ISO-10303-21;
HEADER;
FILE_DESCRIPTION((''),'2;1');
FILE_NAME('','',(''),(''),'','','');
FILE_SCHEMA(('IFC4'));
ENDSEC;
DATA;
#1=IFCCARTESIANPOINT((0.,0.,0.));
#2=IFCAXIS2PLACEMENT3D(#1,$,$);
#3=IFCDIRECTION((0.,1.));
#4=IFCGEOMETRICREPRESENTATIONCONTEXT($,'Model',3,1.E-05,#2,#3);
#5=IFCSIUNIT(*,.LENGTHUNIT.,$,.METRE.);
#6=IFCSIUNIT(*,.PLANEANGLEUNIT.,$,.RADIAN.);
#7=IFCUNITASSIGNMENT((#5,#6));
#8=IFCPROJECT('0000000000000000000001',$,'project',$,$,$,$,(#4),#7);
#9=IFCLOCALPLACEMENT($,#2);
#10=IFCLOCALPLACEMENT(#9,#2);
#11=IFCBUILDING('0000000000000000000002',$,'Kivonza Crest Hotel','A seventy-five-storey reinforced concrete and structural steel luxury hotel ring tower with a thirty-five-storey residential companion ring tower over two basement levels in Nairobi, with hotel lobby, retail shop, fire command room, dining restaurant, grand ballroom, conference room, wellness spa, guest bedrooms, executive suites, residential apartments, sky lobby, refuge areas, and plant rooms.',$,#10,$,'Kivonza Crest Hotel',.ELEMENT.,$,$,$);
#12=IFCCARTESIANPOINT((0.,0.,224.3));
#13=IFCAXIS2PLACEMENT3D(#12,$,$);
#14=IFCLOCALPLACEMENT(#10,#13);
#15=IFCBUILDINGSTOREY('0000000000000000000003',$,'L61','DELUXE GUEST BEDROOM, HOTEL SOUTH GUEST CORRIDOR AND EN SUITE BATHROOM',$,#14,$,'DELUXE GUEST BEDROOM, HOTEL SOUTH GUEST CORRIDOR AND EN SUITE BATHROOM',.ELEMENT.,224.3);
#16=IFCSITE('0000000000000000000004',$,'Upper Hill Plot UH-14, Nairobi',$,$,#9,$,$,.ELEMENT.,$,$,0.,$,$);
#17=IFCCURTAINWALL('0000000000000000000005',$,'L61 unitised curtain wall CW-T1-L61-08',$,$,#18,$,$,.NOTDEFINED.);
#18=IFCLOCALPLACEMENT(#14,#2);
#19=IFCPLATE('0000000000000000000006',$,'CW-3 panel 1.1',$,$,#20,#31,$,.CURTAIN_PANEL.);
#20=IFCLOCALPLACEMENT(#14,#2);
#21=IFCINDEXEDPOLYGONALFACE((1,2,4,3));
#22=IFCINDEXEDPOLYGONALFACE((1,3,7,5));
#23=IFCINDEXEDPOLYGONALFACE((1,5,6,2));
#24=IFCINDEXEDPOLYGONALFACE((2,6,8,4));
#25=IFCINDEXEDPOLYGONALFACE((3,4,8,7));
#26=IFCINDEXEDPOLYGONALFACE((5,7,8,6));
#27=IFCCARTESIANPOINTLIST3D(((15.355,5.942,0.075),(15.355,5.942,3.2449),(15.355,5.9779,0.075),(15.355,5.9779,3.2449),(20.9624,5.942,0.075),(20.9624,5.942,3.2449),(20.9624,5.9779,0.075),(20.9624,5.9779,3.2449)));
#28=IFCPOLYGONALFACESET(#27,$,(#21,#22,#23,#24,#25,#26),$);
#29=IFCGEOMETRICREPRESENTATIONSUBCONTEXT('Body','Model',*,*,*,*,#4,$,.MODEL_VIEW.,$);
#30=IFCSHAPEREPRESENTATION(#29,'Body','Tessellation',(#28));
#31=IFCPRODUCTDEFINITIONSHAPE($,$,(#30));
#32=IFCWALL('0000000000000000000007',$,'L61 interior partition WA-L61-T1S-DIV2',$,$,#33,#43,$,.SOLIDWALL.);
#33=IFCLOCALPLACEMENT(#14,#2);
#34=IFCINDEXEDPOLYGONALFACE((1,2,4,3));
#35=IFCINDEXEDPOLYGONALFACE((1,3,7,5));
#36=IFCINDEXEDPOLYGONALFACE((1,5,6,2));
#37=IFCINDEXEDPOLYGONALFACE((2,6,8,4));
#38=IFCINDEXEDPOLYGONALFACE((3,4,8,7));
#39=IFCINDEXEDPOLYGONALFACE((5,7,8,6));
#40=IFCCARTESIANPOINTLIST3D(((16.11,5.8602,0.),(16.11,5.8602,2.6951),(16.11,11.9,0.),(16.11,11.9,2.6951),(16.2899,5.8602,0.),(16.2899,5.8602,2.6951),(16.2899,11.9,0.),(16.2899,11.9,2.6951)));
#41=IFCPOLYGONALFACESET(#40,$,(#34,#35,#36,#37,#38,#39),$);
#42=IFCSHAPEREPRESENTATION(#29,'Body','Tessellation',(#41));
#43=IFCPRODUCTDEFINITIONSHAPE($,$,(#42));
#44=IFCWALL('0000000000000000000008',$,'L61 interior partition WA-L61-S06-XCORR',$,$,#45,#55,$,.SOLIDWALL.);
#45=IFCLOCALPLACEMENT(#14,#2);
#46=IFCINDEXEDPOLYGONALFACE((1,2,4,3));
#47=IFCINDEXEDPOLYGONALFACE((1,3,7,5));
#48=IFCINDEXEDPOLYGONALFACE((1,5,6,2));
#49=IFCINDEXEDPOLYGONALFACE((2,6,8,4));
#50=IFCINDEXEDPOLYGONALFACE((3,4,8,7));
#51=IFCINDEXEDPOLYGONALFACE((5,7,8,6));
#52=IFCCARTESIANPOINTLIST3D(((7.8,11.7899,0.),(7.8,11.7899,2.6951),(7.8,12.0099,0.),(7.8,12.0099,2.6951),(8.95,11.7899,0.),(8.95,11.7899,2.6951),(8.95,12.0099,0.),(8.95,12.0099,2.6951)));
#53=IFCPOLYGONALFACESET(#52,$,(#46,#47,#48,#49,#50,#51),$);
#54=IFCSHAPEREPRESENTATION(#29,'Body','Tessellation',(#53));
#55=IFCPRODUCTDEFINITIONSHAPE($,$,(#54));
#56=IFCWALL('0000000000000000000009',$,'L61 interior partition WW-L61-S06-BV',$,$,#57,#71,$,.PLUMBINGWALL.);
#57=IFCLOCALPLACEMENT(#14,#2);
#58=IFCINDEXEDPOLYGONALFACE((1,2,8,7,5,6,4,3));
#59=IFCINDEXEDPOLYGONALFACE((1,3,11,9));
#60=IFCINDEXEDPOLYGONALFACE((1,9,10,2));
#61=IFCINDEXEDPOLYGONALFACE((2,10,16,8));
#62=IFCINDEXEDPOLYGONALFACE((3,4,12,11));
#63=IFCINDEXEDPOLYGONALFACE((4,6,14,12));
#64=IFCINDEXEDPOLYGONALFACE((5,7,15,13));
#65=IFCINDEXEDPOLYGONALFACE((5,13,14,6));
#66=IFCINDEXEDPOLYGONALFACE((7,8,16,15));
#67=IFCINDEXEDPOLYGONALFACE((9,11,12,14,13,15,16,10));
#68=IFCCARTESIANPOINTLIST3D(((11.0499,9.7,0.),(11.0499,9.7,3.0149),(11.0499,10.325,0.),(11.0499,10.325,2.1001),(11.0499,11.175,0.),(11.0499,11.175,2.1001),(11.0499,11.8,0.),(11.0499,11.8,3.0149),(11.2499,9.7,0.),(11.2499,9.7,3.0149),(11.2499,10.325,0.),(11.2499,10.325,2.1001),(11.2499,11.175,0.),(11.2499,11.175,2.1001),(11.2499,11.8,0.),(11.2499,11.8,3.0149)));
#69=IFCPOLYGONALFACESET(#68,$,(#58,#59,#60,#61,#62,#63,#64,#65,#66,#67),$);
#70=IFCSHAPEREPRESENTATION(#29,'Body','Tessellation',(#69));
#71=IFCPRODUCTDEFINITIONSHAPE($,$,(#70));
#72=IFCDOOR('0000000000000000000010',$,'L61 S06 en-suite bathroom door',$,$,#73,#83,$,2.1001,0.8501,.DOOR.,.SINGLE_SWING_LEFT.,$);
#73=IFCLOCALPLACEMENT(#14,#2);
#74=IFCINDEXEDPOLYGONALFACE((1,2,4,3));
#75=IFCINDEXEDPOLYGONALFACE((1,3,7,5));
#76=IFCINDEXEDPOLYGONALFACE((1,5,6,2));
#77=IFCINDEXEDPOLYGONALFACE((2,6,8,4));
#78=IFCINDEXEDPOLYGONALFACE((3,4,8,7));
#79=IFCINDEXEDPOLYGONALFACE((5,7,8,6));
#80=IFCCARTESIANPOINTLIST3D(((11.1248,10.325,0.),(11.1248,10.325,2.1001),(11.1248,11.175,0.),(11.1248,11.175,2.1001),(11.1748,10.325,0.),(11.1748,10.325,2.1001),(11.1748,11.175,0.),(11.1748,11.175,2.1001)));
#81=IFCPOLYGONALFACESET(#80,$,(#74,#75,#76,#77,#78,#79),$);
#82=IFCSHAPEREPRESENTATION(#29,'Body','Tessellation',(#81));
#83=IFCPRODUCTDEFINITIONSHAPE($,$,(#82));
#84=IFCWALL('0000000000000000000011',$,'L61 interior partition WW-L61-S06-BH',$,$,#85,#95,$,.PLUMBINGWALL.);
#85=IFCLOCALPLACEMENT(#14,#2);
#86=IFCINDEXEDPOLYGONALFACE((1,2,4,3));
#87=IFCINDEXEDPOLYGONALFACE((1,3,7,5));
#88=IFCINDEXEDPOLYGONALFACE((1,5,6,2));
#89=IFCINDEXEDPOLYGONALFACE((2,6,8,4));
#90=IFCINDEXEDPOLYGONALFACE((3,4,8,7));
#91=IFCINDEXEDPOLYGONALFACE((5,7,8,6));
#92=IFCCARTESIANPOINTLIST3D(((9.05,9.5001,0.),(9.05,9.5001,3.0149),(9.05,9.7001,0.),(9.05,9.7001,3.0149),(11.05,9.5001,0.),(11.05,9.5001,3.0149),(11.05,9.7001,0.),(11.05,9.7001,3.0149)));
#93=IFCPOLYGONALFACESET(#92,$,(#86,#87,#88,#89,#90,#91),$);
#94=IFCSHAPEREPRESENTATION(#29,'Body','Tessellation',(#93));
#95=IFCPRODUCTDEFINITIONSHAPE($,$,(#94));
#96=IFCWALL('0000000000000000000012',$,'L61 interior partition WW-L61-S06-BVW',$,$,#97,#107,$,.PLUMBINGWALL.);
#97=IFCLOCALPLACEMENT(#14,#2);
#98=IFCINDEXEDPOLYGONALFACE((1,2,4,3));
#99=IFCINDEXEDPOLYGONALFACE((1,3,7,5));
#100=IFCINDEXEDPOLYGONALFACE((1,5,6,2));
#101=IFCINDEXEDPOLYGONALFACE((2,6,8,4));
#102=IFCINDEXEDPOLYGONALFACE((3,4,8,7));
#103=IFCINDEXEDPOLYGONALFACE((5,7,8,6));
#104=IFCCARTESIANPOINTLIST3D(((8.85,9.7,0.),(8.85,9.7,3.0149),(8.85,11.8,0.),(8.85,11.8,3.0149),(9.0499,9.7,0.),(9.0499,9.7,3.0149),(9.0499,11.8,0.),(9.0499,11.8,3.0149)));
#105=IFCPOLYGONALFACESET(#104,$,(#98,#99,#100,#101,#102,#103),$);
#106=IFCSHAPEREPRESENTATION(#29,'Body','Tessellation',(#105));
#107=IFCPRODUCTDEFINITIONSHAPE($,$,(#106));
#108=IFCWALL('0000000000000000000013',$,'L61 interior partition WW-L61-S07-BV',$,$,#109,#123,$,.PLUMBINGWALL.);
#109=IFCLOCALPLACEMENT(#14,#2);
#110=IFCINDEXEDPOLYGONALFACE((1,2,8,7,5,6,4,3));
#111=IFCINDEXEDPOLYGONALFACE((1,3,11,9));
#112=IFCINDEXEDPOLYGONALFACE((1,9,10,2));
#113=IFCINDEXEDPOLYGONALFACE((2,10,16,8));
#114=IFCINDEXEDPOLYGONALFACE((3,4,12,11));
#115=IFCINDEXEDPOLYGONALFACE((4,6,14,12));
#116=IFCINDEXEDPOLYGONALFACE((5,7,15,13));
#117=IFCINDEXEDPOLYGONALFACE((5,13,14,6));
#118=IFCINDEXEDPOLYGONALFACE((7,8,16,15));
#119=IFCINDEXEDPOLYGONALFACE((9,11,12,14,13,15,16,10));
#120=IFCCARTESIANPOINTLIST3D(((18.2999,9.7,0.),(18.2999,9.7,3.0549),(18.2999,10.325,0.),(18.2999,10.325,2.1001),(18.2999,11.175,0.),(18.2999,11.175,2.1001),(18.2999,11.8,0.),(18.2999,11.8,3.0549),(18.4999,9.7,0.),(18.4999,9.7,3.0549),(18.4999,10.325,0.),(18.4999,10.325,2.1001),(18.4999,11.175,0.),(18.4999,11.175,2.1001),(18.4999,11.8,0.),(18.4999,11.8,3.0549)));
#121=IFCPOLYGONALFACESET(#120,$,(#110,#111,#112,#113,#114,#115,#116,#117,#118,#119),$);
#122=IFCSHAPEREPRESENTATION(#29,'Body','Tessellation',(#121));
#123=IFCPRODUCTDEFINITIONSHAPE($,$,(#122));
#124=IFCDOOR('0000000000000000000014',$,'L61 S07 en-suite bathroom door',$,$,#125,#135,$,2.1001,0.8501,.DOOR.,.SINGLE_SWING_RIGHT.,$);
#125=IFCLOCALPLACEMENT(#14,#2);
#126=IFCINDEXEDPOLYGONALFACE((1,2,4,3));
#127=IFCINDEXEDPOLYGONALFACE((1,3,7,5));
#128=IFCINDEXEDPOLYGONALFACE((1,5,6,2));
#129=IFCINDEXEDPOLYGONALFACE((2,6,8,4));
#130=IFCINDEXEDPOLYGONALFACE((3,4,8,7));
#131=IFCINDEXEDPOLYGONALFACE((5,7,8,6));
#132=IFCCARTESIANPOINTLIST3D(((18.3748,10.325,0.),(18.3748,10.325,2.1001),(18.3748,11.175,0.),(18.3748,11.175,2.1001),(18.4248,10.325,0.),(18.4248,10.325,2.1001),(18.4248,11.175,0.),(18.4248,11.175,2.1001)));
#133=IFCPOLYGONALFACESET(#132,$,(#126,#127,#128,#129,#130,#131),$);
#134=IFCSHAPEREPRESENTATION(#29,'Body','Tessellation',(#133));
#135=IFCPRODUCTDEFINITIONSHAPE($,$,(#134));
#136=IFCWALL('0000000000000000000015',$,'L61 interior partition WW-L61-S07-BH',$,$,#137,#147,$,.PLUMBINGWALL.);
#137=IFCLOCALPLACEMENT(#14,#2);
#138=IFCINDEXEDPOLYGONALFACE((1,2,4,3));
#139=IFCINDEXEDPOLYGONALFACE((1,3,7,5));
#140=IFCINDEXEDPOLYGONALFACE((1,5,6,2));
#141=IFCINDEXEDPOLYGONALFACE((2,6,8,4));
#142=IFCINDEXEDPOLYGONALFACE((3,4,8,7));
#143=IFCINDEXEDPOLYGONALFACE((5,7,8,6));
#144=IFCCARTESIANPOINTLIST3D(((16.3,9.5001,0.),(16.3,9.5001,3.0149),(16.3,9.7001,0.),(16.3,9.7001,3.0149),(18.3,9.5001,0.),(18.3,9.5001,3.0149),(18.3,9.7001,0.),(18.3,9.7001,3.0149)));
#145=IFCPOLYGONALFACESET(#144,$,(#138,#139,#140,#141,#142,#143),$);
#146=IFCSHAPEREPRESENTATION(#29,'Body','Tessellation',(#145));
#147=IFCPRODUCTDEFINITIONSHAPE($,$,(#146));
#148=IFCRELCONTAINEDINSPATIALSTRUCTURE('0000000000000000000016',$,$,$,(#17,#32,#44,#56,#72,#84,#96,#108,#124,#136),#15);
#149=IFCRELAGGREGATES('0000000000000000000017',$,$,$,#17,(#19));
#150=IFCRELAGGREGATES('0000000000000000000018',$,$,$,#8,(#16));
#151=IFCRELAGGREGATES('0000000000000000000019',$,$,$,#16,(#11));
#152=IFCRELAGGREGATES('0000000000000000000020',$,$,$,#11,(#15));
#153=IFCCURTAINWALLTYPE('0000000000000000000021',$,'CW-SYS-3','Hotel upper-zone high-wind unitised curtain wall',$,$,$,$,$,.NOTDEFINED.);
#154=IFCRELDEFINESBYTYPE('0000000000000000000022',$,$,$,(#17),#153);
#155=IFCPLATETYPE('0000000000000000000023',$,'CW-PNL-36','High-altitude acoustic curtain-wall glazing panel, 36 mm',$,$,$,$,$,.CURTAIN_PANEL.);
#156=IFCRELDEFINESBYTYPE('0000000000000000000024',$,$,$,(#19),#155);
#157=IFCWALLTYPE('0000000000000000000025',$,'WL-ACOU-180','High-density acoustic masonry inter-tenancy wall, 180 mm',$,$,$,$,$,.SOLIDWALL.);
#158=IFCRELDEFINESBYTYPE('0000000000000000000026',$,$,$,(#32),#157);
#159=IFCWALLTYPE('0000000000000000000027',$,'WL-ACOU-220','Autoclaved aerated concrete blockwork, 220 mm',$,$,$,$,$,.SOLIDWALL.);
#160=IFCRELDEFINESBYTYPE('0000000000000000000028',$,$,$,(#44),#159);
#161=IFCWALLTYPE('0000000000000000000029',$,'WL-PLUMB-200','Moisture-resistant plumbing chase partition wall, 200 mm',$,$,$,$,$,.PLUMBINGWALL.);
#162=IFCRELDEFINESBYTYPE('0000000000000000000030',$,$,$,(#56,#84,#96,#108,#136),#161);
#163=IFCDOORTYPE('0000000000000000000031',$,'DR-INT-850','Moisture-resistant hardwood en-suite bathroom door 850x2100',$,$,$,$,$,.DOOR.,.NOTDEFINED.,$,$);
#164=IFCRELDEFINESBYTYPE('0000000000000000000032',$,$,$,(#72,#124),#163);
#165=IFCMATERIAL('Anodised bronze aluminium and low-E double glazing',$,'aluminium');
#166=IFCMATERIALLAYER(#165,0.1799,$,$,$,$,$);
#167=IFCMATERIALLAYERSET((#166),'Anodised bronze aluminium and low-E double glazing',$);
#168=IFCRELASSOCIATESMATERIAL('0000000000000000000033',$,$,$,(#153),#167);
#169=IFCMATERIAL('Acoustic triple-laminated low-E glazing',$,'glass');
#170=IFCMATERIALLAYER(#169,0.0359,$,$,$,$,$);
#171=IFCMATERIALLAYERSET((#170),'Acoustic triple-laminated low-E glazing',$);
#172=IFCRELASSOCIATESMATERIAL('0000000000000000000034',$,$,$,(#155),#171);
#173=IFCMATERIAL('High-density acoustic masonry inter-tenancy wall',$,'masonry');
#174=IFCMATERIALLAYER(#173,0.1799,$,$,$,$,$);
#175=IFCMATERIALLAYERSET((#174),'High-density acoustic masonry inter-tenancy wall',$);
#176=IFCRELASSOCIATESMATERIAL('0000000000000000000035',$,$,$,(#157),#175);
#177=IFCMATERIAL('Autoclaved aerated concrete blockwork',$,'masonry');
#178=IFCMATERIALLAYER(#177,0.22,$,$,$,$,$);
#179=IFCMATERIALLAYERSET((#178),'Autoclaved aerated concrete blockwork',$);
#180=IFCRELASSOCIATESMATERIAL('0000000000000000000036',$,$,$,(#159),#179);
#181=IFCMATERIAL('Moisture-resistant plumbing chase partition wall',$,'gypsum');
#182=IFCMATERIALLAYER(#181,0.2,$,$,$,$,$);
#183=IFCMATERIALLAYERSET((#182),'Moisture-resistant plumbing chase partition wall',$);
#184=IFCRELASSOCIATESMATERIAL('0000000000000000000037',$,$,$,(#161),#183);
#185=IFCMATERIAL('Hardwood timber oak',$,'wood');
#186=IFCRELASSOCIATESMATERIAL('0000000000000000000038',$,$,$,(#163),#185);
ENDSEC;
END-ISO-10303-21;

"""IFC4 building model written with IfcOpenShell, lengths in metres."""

from ifc_helpers import new_model, si_unit, direction, frame, frame_2d, origin, origin_2d, place, context, subcontext, project, spatial, rectangle, extrude, material, layer, layer_set, type_object, element, fill, aggregate, save


model = new_model("IFC4")

# Units and contexts
model_context = context("Model", 3, precision=1e-05, world=origin(), true_north=direction((0.0, 1.0)))
body_context = subcontext(model_context, "Body", "Model", "MODEL_VIEW")
ifc_project = project(units=[si_unit("LENGTHUNIT", "METRE"), si_unit("PLANEANGLEUNIT", "RADIAN")], contexts=[model_context])

# Site, building, storey
site_placement = place(None, origin())
site = spatial("IfcSite", under=ifc_project, at=site_placement, Name="Upper Hill Plot UH-14, Nairobi", CompositionType="ELEMENT", RefElevation=0.0)
building_placement = place(site_placement, origin())
building = spatial("IfcBuilding", under=site, at=building_placement, Name="Kivonza Crest Hotel", Description="A seventy-five-storey reinforced concrete and structural steel luxury hotel ring tower with a thirty-five-storey residential companion ring tower over two basement levels in Nairobi, with hotel lobby, retail shop, fire command room, dining restaurant, grand ballroom, conference room, wellness spa, guest bedrooms, executive suites, residential apartments, sky lobby, refuge areas, and plant rooms.", LongName="Kivonza Crest Hotel", CompositionType="ELEMENT")
storey_placement = place(building_placement, frame((0.0, 0.0, 224.3)))
storey = spatial("IfcBuildingStorey", under=building, at=storey_placement, Name="L61", Description="DELUXE GUEST BEDROOM, HOTEL SOUTH GUEST CORRIDOR AND EN SUITE BATHROOM", LongName="DELUXE GUEST BEDROOM, HOTEL SOUTH GUEST CORRIDOR AND EN SUITE BATHROOM", CompositionType="ELEMENT", Elevation=224.3)

# Curtain wall, plate
ifc_material_1 = material(Name="Anodised bronze aluminium and low-E double glazing", Category="aluminium")
ifc_layer_1 = layer(ifc_material_1, 0.1799)
ifc_layer_set_1 = layer_set([ifc_layer_1], Name="Anodised bronze aluminium and low-E double glazing")
curtain_wall_type = type_object("IfcCurtainWallType", Name="CW-SYS-3", Description="Hotel upper-zone high-wind unitised curtain wall", PredefinedType="NOTDEFINED", material=ifc_layer_set_1)
curtain_wall_placement = place(storey_placement, origin())
curtain_wall = element("IfcCurtainWall", 1, at=curtain_wall_placement, inside=storey, type_object=curtain_wall_type, Name="L61 unitised curtain wall CW-T1-L61-08", PredefinedType="NOTDEFINED")
ifc_material_2 = material(Name="Acoustic triple-laminated low-E glazing", Category="glass")
ifc_layer_2 = layer(ifc_material_2, 0.0359)
ifc_layer_set_2 = layer_set([ifc_layer_2], Name="Acoustic triple-laminated low-E glazing")
plate_type = type_object("IfcPlateType", Name="CW-PNL-36", Description="High-altitude acoustic curtain-wall glazing panel, 36 mm", PredefinedType="CURTAIN_PANEL", material=ifc_layer_set_2)
plate_placement = place(storey_placement, frame((18.1587, 5.96, 0.075), z_axis=(0.0, 0.0, 1.0), x_axis=(1.0, 0.0, 0.0)))
plate = element("IfcPlate", 2, at=plate_placement, type_object=plate_type, Name="CW-3 panel 1.1", PredefinedType="CURTAIN_PANEL", context=body_context, shape_type="SweptSolid", body=[
    extrude(rectangle(XDim=5.6074, YDim=0.0359, at=origin_2d()), origin(), (0.0, 0.0, 1.0), 3.1699),
])
aggregate(curtain_wall, [plate])

# Walls
ifc_material_3 = material(Name="High-density acoustic masonry inter-tenancy wall", Category="masonry")
ifc_layer_3 = layer(ifc_material_3, 0.1799)
ifc_layer_set_3 = layer_set([ifc_layer_3], Name="High-density acoustic masonry inter-tenancy wall")
wall_type_1 = type_object("IfcWallType", Name="WL-ACOU-180", Description="High-density acoustic masonry inter-tenancy wall, 180 mm", PredefinedType="SOLIDWALL", material=ifc_layer_set_3)
wall_1_placement = place(storey_placement, frame((16.2, 5.8601, 0.0), z_axis=(0.0, 0.0, 1.0), x_axis=(0.0, 1.0, 0.0)))
element("IfcWall", 3, at=wall_1_placement, inside=storey, type_object=wall_type_1, Name="L61 interior partition WA-L61-T1S-DIV2", PredefinedType="SOLIDWALL", context=body_context, shape_type="SweptSolid", body=[
    extrude(rectangle(XDim=6.0398, YDim=0.1799, at=frame_2d((3.02, 0.0))), origin(), (0.0, 0.0, 1.0), 2.6951),
])
ifc_material_4 = material(Name="Autoclaved aerated concrete blockwork", Category="masonry")
ifc_layer_4 = layer(ifc_material_4, 0.22)
ifc_layer_set_4 = layer_set([ifc_layer_4], Name="Autoclaved aerated concrete blockwork")
wall_type_2 = type_object("IfcWallType", Name="WL-ACOU-220", Description="Autoclaved aerated concrete blockwork, 220 mm", PredefinedType="SOLIDWALL", material=ifc_layer_set_4)
wall_2_placement = place(storey_placement, frame((7.8, 11.8999, 0.0), z_axis=(0.0, 0.0, 1.0), x_axis=(1.0, 0.0, 0.0)))
element("IfcWall", 4, at=wall_2_placement, inside=storey, type_object=wall_type_2, Name="L61 interior partition WA-L61-S06-XCORR", PredefinedType="SOLIDWALL", context=body_context, shape_type="SweptSolid", body=[
    extrude(rectangle(XDim=1.1499, YDim=0.22, at=frame_2d((0.575, 0.0))), origin(), (0.0, 0.0, 1.0), 2.6951),
])

# Wall, opening, door
ifc_material_5 = material(Name="Moisture-resistant plumbing chase partition wall", Category="gypsum")
ifc_layer_5 = layer(ifc_material_5, 0.2)
ifc_layer_set_5 = layer_set([ifc_layer_5], Name="Moisture-resistant plumbing chase partition wall")
wall_type_3 = type_object("IfcWallType", Name="WL-PLUMB-200", Description="Moisture-resistant plumbing chase partition wall, 200 mm", PredefinedType="PLUMBINGWALL", material=ifc_layer_set_5)
wall_3_placement = place(storey_placement, frame((11.1499, 9.7, 0.0), z_axis=(0.0, 0.0, 1.0), x_axis=(0.0, 1.0, 0.0)))
wall_3 = element("IfcWall", 5, at=wall_3_placement, inside=storey, type_object=wall_type_3, Name="L61 interior partition WW-L61-S06-BV", PredefinedType="PLUMBINGWALL", context=body_context, shape_type="SweptSolid", body=[
    extrude(rectangle(XDim=2.1001, YDim=0.2, at=frame_2d((1.05, 0.0))), origin(), (0.0, 0.0, 1.0), 3.0149),
])
opening_1_placement = place(wall_3_placement, frame((0.625, 0.0, 0.0)))
opening_1 = element("IfcOpeningElement", 6, at=opening_1_placement, cuts=wall_3, PredefinedType="OPENING", context=body_context, shape_type="SweptSolid", body=[
    extrude(rectangle(XDim=0.8501, YDim=2.1001, at=frame_2d((0.425, 1.05))), frame((0.0, 0.1099, 0.0), z_axis=(0.0, -1.0, 0.0), x_axis=(1.0, 0.0, 0.0)), (0.0, 0.0, 1.0), 0.22),
])
ifc_material_6 = material(Name="Hardwood timber oak", Category="wood")
door_type = type_object("IfcDoorType", Name="DR-INT-850", Description="Moisture-resistant hardwood en-suite bathroom door 850x2100", OperationType="NOTDEFINED", PredefinedType="DOOR", material=ifc_material_6)
door_1_placement = place(opening_1_placement, frame((0.8501, 0.0, 0.0), z_axis=(0.0, 0.0, 1.0), x_axis=(-1.0, 0.0, 0.0)))
door_1 = element("IfcDoor", 7, at=door_1_placement, inside=storey, type_object=door_type, Name="L61 S06 en-suite bathroom door", OperationType="SINGLE_SWING_LEFT", OverallHeight=2.1001, OverallWidth=0.8501, PredefinedType="DOOR", context=body_context, shape_type="SweptSolid", body=[
    extrude(rectangle(XDim=0.8501, YDim=2.1001, at=frame_2d((0.425, 1.05))), frame((0.0, 0.0249, 0.0), z_axis=(0.0, -1.0, 0.0), x_axis=(1.0, 0.0, 0.0)), (0.0, 0.0, 1.0), 0.05),
])
fill(opening_1, door_1)

# Walls
wall_4_placement = place(storey_placement, frame((9.05, 9.6001, 0.0), z_axis=(0.0, 0.0, 1.0), x_axis=(1.0, 0.0, 0.0)))
element("IfcWall", 8, at=wall_4_placement, inside=storey, type_object=wall_type_3, Name="L61 interior partition WW-L61-S06-BH", PredefinedType="PLUMBINGWALL", context=body_context, shape_type="SweptSolid", body=[
    extrude(rectangle(XDim=2.0, YDim=0.2, at=frame_2d((1.0, 0.0))), origin(), (0.0, 0.0, 1.0), 3.0149),
])
wall_5_placement = place(storey_placement, frame((8.95, 9.7, 0.0), z_axis=(0.0, 0.0, 1.0), x_axis=(0.0, 1.0, 0.0)))
element("IfcWall", 9, at=wall_5_placement, inside=storey, type_object=wall_type_3, Name="L61 interior partition WW-L61-S06-BVW", PredefinedType="PLUMBINGWALL", context=body_context, shape_type="SweptSolid", body=[
    extrude(rectangle(XDim=2.1001, YDim=0.2, at=frame_2d((1.05, 0.0))), origin(), (0.0, 0.0, 1.0), 3.0149),
])

# Wall, opening, door
wall_6_placement = place(storey_placement, frame((18.3999, 9.7, 0.0), z_axis=(0.0, 0.0, 1.0), x_axis=(0.0, 1.0, 0.0)))
wall_6 = element("IfcWall", 10, at=wall_6_placement, inside=storey, type_object=wall_type_3, Name="L61 interior partition WW-L61-S07-BV", PredefinedType="PLUMBINGWALL", context=body_context, shape_type="SweptSolid", body=[
    extrude(rectangle(XDim=2.1001, YDim=0.2, at=frame_2d((1.05, 0.0))), origin(), (0.0, 0.0, 1.0), 3.0549),
])
opening_2_placement = place(wall_6_placement, frame((0.625, 0.0, 0.0)))
opening_2 = element("IfcOpeningElement", 11, at=opening_2_placement, cuts=wall_6, PredefinedType="OPENING", context=body_context, shape_type="SweptSolid", body=[
    extrude(rectangle(XDim=0.8501, YDim=2.1001, at=frame_2d((0.425, 1.05))), frame((0.0, 0.1099, 0.0), z_axis=(0.0, -1.0, 0.0), x_axis=(1.0, 0.0, 0.0)), (0.0, 0.0, 1.0), 0.22),
])
door_2_placement = place(opening_2_placement, frame((0.8501, 0.0, 0.0), z_axis=(0.0, 0.0, 1.0), x_axis=(-1.0, 0.0, 0.0)))
door_2 = element("IfcDoor", 12, at=door_2_placement, inside=storey, type_object=door_type, Name="L61 S07 en-suite bathroom door", OperationType="SINGLE_SWING_RIGHT", OverallHeight=2.1001, OverallWidth=0.8501, PredefinedType="DOOR", context=body_context, shape_type="SweptSolid", body=[
    extrude(rectangle(XDim=0.8501, YDim=2.1001, at=frame_2d((0.425, 1.05))), frame((0.0, 0.0249, 0.0), z_axis=(0.0, -1.0, 0.0), x_axis=(1.0, 0.0, 0.0)), (0.0, 0.0, 1.0), 0.05),
])
fill(opening_2, door_2)

# Wall
wall_7_placement = place(storey_placement, frame((16.3, 9.6001, 0.0), z_axis=(0.0, 0.0, 1.0), x_axis=(1.0, 0.0, 0.0)))
element("IfcWall", 13, at=wall_7_placement, inside=storey, type_object=wall_type_3, Name="L61 interior partition WW-L61-S07-BH", PredefinedType="PLUMBINGWALL", context=body_context, shape_type="SweptSolid", body=[
    extrude(rectangle(XDim=2.0, YDim=0.2, at=frame_2d((1.0, 0.0))), origin(), (0.0, 0.0, 1.0), 3.0149),
])

save(model, "model.ifc")
